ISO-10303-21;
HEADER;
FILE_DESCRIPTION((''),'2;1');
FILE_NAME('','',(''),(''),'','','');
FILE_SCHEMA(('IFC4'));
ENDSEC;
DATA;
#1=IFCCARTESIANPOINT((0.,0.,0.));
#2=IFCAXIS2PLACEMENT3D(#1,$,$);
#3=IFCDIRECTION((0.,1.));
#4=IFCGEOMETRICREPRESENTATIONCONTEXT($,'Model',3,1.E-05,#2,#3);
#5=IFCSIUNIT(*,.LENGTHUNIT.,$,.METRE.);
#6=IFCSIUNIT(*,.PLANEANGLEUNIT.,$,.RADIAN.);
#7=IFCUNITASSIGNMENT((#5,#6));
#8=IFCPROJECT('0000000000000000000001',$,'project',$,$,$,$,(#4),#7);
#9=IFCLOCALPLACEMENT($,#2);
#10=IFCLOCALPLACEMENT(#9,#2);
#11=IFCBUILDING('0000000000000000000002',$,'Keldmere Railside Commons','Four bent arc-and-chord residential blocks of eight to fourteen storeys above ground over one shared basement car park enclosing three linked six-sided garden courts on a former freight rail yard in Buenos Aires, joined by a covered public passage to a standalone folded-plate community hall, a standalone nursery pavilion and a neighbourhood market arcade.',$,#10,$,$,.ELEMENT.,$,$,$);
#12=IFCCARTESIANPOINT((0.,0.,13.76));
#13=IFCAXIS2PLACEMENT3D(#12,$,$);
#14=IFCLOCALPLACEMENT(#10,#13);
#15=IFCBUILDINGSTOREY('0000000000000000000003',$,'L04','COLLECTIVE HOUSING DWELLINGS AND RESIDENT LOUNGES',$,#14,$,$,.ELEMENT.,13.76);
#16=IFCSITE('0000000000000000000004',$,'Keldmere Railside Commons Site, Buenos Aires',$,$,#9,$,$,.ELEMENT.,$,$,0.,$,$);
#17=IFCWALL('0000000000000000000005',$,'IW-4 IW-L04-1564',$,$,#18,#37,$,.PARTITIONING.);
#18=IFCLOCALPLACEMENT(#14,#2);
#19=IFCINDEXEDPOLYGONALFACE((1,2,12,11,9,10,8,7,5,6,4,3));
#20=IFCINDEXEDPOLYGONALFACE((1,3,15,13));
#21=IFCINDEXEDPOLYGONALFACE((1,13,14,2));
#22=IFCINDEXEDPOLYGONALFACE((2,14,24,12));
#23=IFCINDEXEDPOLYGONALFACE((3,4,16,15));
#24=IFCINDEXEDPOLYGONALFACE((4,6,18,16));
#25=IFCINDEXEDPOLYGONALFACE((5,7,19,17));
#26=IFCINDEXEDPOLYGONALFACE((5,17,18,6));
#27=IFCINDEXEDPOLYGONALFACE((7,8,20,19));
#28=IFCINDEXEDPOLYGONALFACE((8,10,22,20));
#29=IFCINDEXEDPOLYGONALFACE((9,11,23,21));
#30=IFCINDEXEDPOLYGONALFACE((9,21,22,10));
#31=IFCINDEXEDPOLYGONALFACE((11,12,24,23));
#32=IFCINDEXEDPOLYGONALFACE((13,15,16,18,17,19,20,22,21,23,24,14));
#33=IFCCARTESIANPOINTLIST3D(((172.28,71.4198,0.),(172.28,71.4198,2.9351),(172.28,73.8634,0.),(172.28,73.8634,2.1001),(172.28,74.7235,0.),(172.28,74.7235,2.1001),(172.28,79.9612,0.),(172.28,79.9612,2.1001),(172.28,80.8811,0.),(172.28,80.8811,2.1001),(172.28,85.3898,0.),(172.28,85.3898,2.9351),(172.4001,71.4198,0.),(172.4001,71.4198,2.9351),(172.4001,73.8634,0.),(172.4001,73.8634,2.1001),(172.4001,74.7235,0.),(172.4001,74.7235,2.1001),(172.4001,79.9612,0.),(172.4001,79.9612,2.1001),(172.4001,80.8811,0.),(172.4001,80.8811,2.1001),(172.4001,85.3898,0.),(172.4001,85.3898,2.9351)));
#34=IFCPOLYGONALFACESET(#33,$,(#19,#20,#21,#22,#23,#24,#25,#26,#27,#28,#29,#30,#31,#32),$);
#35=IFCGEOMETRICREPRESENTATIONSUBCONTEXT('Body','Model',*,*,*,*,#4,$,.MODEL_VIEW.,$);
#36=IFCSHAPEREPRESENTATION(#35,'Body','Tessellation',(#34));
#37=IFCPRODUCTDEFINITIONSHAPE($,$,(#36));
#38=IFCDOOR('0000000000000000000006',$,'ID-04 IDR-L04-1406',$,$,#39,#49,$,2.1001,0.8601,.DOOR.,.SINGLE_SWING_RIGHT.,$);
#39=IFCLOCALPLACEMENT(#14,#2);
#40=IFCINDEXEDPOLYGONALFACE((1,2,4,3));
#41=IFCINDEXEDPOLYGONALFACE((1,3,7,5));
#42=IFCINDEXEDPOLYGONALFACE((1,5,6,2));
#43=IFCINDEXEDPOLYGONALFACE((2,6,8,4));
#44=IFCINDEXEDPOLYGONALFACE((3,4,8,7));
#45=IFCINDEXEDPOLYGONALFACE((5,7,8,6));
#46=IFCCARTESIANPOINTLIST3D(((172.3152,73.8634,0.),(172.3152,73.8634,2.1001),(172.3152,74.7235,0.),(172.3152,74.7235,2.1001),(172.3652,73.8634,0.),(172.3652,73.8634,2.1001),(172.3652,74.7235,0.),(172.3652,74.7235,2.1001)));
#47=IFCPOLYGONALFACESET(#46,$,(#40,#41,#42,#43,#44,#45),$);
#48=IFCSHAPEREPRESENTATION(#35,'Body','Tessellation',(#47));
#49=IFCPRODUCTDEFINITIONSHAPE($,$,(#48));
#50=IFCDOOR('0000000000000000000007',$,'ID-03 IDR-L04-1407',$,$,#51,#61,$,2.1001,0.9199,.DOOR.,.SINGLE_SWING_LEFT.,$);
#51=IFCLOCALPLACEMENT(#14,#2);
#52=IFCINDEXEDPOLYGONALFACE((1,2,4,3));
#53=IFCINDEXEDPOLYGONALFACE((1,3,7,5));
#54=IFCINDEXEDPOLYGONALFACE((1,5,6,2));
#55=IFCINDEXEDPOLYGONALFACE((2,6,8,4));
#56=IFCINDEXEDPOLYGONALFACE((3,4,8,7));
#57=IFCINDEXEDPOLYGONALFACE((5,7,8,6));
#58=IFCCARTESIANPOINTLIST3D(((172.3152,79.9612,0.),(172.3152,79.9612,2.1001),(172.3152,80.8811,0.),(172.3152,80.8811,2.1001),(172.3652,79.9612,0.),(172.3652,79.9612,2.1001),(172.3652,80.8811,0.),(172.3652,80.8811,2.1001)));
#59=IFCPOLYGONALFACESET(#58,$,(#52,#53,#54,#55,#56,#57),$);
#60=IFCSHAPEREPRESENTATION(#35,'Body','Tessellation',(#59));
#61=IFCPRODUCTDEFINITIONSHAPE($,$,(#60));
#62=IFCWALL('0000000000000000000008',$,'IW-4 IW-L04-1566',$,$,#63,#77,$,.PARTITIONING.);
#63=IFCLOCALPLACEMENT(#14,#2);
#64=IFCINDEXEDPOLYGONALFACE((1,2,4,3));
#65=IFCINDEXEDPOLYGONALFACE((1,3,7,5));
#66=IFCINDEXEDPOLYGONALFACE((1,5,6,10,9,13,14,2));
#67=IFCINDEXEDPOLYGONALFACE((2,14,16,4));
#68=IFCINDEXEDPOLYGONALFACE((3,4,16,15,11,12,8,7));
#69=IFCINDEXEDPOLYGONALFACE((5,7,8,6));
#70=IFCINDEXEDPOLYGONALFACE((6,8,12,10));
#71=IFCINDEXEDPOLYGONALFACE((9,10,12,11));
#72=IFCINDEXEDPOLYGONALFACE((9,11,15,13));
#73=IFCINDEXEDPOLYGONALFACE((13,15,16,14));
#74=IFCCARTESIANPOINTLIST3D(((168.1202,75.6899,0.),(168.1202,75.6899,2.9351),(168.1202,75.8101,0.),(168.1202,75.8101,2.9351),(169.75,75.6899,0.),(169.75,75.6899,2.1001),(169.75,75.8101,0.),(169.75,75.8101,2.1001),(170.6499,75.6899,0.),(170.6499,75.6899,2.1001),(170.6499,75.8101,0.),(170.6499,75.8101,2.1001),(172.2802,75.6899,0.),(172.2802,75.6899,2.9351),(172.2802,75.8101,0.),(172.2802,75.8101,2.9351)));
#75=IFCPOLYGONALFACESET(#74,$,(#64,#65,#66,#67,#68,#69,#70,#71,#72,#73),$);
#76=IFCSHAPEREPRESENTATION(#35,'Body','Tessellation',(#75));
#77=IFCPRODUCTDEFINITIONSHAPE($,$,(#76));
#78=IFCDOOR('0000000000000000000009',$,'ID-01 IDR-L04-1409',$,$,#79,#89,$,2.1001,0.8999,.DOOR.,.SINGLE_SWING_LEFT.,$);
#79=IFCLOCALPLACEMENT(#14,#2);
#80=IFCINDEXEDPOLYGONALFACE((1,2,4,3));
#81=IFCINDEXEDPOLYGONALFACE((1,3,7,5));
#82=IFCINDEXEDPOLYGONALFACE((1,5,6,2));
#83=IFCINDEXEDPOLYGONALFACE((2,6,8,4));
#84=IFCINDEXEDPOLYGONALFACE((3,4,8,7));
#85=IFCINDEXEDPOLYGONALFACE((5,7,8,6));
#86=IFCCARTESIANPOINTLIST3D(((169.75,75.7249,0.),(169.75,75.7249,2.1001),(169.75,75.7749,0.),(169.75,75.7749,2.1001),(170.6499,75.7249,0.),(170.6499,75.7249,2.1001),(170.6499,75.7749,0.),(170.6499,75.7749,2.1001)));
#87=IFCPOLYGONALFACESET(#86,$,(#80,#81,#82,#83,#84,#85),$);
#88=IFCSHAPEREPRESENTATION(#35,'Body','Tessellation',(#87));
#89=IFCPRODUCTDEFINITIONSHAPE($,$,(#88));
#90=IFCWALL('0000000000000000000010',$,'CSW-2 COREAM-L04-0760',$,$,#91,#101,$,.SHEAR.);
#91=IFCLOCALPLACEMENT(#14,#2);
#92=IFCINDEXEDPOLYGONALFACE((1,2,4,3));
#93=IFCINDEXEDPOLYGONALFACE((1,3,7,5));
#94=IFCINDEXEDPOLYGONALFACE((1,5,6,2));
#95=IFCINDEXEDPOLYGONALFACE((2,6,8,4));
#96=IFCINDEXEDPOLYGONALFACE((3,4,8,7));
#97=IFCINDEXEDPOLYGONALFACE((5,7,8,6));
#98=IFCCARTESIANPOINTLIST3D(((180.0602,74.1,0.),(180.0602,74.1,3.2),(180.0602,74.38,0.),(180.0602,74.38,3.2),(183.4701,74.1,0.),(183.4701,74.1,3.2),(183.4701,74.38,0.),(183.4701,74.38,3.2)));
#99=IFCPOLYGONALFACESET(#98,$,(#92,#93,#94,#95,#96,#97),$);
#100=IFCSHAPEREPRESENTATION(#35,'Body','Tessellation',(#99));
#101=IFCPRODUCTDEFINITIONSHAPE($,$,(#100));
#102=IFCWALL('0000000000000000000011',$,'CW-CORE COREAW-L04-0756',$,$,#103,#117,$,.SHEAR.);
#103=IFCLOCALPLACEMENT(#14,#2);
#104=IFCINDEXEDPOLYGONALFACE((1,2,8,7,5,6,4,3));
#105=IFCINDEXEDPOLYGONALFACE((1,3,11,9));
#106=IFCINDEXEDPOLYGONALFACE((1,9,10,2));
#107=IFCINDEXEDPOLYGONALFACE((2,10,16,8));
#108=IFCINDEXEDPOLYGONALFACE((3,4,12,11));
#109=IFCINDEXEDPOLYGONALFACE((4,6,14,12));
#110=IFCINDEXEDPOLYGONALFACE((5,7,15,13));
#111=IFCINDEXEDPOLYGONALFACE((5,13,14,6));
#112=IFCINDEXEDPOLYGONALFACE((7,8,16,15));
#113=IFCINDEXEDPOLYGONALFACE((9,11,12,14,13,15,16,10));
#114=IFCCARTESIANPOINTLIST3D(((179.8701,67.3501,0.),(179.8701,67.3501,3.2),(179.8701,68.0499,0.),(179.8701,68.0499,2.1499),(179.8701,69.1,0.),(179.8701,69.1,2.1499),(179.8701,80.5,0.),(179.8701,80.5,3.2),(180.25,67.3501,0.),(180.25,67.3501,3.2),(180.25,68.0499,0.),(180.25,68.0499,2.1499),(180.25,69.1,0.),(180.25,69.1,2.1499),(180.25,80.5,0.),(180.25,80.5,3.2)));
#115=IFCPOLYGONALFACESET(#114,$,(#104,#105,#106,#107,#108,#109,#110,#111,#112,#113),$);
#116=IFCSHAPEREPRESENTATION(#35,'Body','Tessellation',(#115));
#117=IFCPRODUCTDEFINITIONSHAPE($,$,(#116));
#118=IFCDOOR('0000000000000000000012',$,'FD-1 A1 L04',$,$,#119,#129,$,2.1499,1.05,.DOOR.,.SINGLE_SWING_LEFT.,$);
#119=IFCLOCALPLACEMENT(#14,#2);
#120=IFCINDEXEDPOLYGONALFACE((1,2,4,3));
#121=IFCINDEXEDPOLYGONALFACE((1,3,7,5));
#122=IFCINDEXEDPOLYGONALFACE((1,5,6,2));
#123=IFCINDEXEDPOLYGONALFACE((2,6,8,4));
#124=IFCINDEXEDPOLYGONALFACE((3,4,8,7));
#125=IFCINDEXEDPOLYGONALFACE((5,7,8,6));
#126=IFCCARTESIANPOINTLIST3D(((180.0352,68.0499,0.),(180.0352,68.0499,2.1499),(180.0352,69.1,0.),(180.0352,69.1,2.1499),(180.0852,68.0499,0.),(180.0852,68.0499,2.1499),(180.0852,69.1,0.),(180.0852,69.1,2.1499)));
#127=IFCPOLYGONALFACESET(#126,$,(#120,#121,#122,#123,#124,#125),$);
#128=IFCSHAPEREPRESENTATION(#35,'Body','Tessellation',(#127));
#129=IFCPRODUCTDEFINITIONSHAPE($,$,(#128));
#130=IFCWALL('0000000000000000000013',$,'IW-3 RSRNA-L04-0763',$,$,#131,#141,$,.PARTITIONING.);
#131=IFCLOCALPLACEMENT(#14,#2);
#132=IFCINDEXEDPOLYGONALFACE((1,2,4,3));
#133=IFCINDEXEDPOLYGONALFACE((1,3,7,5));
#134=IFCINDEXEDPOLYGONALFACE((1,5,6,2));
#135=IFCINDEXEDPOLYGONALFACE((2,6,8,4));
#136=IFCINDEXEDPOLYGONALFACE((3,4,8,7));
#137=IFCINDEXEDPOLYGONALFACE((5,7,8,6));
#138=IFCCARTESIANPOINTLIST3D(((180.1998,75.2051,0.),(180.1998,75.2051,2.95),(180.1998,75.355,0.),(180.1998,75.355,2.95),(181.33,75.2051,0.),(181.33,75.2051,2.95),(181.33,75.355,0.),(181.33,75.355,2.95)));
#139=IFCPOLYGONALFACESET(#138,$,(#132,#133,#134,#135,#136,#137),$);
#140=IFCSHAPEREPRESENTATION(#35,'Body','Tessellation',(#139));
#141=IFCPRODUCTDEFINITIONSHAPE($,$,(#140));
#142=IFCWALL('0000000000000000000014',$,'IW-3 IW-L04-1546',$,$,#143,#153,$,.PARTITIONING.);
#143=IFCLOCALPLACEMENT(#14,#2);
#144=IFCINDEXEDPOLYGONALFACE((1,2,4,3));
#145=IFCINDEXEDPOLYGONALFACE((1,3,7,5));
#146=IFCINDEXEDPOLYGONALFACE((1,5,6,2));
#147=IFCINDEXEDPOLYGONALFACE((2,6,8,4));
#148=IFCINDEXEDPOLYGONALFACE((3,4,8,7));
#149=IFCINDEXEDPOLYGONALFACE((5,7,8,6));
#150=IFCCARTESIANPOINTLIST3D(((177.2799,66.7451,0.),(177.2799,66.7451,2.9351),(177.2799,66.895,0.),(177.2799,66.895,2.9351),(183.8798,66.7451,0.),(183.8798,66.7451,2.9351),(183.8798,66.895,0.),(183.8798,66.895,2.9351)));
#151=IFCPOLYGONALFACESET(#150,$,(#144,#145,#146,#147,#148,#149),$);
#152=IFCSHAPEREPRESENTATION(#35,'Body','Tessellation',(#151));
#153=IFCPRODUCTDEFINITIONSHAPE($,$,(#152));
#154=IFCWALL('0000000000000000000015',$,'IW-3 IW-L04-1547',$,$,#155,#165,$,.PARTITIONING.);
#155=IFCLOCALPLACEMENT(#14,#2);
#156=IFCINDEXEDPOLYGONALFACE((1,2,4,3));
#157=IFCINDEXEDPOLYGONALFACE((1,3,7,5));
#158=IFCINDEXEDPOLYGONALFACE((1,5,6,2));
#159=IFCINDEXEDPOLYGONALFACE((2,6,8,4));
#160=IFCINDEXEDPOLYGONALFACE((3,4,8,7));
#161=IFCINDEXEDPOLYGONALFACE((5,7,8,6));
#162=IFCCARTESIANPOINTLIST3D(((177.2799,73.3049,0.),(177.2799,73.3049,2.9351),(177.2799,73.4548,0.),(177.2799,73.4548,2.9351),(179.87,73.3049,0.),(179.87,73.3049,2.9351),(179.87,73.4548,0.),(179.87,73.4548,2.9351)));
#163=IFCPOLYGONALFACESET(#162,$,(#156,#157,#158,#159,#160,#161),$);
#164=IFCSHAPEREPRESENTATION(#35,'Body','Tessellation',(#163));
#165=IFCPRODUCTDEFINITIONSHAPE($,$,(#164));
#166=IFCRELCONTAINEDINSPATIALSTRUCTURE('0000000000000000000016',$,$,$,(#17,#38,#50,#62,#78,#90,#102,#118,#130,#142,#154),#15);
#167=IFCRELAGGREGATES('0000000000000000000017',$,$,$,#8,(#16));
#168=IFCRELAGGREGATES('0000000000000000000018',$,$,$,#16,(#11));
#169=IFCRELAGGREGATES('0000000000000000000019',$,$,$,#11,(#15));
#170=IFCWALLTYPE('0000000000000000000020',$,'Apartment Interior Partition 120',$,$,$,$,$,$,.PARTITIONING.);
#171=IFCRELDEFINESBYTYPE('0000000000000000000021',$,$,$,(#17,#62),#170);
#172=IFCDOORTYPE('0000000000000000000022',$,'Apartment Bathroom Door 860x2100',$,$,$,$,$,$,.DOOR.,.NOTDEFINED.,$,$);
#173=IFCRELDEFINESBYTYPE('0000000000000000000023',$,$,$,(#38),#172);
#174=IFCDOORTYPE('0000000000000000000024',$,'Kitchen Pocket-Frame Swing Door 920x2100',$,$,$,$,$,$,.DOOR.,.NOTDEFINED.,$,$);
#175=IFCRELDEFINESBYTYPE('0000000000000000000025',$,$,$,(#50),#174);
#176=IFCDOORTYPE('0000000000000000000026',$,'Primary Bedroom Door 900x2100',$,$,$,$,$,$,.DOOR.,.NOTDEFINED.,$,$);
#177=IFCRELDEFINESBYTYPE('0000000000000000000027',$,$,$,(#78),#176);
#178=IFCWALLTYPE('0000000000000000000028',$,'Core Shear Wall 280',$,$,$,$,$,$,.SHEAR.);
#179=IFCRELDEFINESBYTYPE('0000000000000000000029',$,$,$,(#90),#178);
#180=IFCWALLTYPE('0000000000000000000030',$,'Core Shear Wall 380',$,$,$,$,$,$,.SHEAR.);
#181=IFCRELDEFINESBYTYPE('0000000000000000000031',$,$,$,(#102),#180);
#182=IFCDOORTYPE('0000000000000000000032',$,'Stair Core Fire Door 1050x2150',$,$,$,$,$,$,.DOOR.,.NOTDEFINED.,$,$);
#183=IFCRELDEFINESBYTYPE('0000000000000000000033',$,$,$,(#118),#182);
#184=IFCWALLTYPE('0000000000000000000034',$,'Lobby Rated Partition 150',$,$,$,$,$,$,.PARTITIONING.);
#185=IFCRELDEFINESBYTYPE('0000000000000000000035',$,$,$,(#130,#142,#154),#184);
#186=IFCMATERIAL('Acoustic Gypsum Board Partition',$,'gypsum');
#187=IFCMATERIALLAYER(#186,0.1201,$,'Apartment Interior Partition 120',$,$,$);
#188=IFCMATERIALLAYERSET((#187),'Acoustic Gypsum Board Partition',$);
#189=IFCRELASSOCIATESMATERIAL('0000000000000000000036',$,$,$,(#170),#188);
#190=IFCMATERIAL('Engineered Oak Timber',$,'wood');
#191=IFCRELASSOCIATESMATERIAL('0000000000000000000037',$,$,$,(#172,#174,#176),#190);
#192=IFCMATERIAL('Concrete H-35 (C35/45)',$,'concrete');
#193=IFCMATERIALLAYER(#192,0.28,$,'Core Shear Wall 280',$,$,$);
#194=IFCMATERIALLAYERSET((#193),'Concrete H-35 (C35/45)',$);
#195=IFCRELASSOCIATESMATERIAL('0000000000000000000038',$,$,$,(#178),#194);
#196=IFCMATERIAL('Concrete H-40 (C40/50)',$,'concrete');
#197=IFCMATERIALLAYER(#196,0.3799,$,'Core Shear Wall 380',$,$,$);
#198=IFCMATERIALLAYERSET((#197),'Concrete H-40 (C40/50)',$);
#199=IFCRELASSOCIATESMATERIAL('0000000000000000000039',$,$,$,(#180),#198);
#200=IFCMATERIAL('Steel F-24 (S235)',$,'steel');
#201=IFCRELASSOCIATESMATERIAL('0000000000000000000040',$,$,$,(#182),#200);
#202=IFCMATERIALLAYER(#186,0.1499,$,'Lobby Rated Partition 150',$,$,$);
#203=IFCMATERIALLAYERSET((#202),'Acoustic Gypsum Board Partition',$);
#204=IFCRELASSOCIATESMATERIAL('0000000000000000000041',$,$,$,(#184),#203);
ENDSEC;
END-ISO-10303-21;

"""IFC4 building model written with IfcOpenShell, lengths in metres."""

from ifc_helpers import new_model, si_unit, direction, frame, frame_2d, origin, place, context, subcontext, project, spatial, rectangle, extrude, material, layer, layer_set, type_object, element, fill, save


model = new_model("IFC4")

# Units and contexts
model_context = context("Model", 3, precision=1e-05, world=origin(), true_north=direction((0.0, 1.0)))
body_context = subcontext(model_context, "Body", "Model", "MODEL_VIEW")
ifc_project = project(units=[si_unit("LENGTHUNIT", "METRE"), si_unit("PLANEANGLEUNIT", "RADIAN")], contexts=[model_context])

# Site, building, storey
site_placement = place(None, origin())
site = spatial("IfcSite", under=ifc_project, at=site_placement, Name="Keldmere Railside Commons Site, Buenos Aires", CompositionType="ELEMENT", RefElevation=0.0)
building_placement = place(site_placement, origin())
building = spatial("IfcBuilding", under=site, at=building_placement, Name="Keldmere Railside Commons", Description="Four bent arc-and-chord residential blocks of eight to fourteen storeys above ground over one shared basement car park enclosing three linked six-sided garden courts on a former freight rail yard in Buenos Aires, joined by a covered public passage to a standalone folded-plate community hall, a standalone nursery pavilion and a neighbourhood market arcade.", CompositionType="ELEMENT")
storey_placement = place(building_placement, frame((0.0, 0.0, 13.76)))
storey = spatial("IfcBuildingStorey", under=building, at=storey_placement, Name="L04", Description="COLLECTIVE HOUSING DWELLINGS AND RESIDENT LOUNGES", CompositionType="ELEMENT", Elevation=13.76)

# Shared definitions
ifc_material_1 = material(Name="Concrete H-35 (C35/45)", Category="concrete")

# Shared definitions
ifc_material_2 = material(Name="Acoustic Gypsum Board Partition", Category="gypsum")

# Shared definitions
ifc_layer_1 = layer(ifc_material_2, 0.1201, Name="Apartment Interior Partition 120")
ifc_layer_set_1 = layer_set([ifc_layer_1], Name="Acoustic Gypsum Board Partition")
wall_type_1 = type_object("IfcWallType", Name="Apartment Interior Partition 120", PredefinedType="PARTITIONING", material=ifc_layer_set_1)
ifc_material_3 = material(Name="Engineered Oak Timber", Category="wood")

# Wall, openings, doors
wall_1_placement = place(storey_placement, frame((172.3401, 71.4199, 0.0), z_axis=(0.0, 0.0, 1.0), x_axis=(0.0, 1.0, 0.0)))
wall_1 = element("IfcWall", 1, at=wall_1_placement, inside=storey, type_object=wall_type_1, Name="IW-4 IW-L04-1564", PredefinedType="PARTITIONING", context=body_context, shape_type="SweptSolid", body=[
    extrude(rectangle(XDim=13.97, YDim=0.1201, at=frame_2d((6.9849, 0.0))), origin(), (0.0, 0.0, 1.0), 2.9351),
])
opening_1_placement = place(wall_1_placement, frame((2.4434, 0.0, 0.0)))
opening_1 = element("IfcOpeningElement", 2, at=opening_1_placement, cuts=wall_1, PredefinedType="OPENING", context=body_context, shape_type="SweptSolid", body=[
    extrude(rectangle(XDim=0.8601, YDim=2.1001, at=frame_2d((0.4302, 1.05))), frame((0.0, 0.0701, 0.0), z_axis=(0.0, -1.0, 0.0), x_axis=(1.0, 0.0, 0.0)), (0.0, 0.0, 1.0), 0.1401),
])
opening_2_placement = place(wall_1_placement, frame((8.5413, 0.0, 0.0)))
opening_2 = element("IfcOpeningElement", 3, at=opening_2_placement, cuts=wall_1, PredefinedType="OPENING", context=body_context, shape_type="SweptSolid", body=[
    extrude(rectangle(XDim=0.9199, YDim=2.1001, at=frame_2d((0.46, 1.05))), frame((0.0, 0.0701, 0.0), z_axis=(0.0, -1.0, 0.0), x_axis=(1.0, 0.0, 0.0)), (0.0, 0.0, 1.0), 0.1401),
])
door_type_1 = type_object("IfcDoorType", Name="Apartment Bathroom Door 860x2100", OperationType="NOTDEFINED", PredefinedType="DOOR", material=ifc_material_3)
door_1_placement = place(opening_1_placement, origin())
door_1 = element("IfcDoor", 4, at=door_1_placement, inside=storey, type_object=door_type_1, Name="ID-04 IDR-L04-1406", OperationType="SINGLE_SWING_RIGHT", OverallHeight=2.1001, OverallWidth=0.8601, PredefinedType="DOOR", context=body_context, shape_type="SweptSolid", body=[
    extrude(rectangle(XDim=0.8601, YDim=2.1001, at=frame_2d((0.4302, 1.05))), frame((0.0, 0.0249, 0.0), z_axis=(0.0, -1.0, 0.0), x_axis=(1.0, 0.0, 0.0)), (0.0, 0.0, 1.0), 0.05),
])
fill(opening_1, door_1)
door_type_2 = type_object("IfcDoorType", Name="Kitchen Pocket-Frame Swing Door 920x2100", OperationType="NOTDEFINED", PredefinedType="DOOR", material=ifc_material_3)
door_2_placement = place(opening_2_placement, origin())
door_2 = element("IfcDoor", 5, at=door_2_placement, inside=storey, type_object=door_type_2, Name="ID-03 IDR-L04-1407", OperationType="SINGLE_SWING_LEFT", OverallHeight=2.1001, OverallWidth=0.9199, PredefinedType="DOOR", context=body_context, shape_type="SweptSolid", body=[
    extrude(rectangle(XDim=0.9199, YDim=2.1001, at=frame_2d((0.46, 1.05))), frame((0.0, 0.0249, 0.0), z_axis=(0.0, -1.0, 0.0), x_axis=(1.0, 0.0, 0.0)), (0.0, 0.0, 1.0), 0.05),
])
fill(opening_2, door_2)

# Wall, opening, door
wall_2_placement = place(storey_placement, frame((168.1201, 75.75, 0.0), z_axis=(0.0, 0.0, 1.0), x_axis=(1.0, 0.0, 0.0)))
wall_2 = element("IfcWall", 6, at=wall_2_placement, inside=storey, type_object=wall_type_1, Name="IW-4 IW-L04-1566", PredefinedType="PARTITIONING", context=body_context, shape_type="SweptSolid", body=[
    extrude(rectangle(XDim=4.1599, YDim=0.1201, at=frame_2d((2.0801, 0.0))), origin(), (0.0, 0.0, 1.0), 2.9351),
])
opening_3_placement = place(wall_2_placement, frame((1.6299, 0.0, 0.0)))
opening_3 = element("IfcOpeningElement", 7, at=opening_3_placement, cuts=wall_2, PredefinedType="OPENING", context=body_context, shape_type="SweptSolid", body=[
    extrude(rectangle(XDim=0.8999, YDim=2.1001, at=frame_2d((0.45, 1.05))), frame((0.0, 0.0701, 0.0), z_axis=(0.0, -1.0, 0.0), x_axis=(1.0, 0.0, 0.0)), (0.0, 0.0, 1.0), 0.1401),
])
door_type_3 = type_object("IfcDoorType", Name="Primary Bedroom Door 900x2100", OperationType="NOTDEFINED", PredefinedType="DOOR", material=ifc_material_3)
door_3_placement = place(opening_3_placement, origin())
door_3 = element("IfcDoor", 8, at=door_3_placement, inside=storey, type_object=door_type_3, Name="ID-01 IDR-L04-1409", OperationType="SINGLE_SWING_LEFT", OverallHeight=2.1001, OverallWidth=0.8999, PredefinedType="DOOR", context=body_context, shape_type="SweptSolid", body=[
    extrude(rectangle(XDim=0.8999, YDim=2.1001, at=frame_2d((0.45, 1.05))), frame((0.0, 0.0249, 0.0), z_axis=(0.0, -1.0, 0.0), x_axis=(1.0, 0.0, 0.0)), (0.0, 0.0, 1.0), 0.05),
])
fill(opening_3, door_3)

# Wall
ifc_layer_2 = layer(ifc_material_1, 0.28, Name="Core Shear Wall 280")
ifc_layer_set_2 = layer_set([ifc_layer_2], Name="Concrete H-35 (C35/45)")
wall_type_2 = type_object("IfcWallType", Name="Core Shear Wall 280", PredefinedType="SHEAR", material=ifc_layer_set_2)
wall_3_placement = place(storey_placement, frame((180.0601, 74.24, 0.0), z_axis=(0.0, 0.0, 1.0), x_axis=(1.0, 0.0, 0.0)))
element("IfcWall", 9, at=wall_3_placement, inside=storey, type_object=wall_type_2, Name="CSW-2 COREAM-L04-0760", PredefinedType="SHEAR", context=body_context, shape_type="SweptSolid", body=[
    extrude(rectangle(XDim=3.4099, YDim=0.28, at=frame_2d((1.7051, 0.0))), origin(), (0.0, 0.0, 1.0), 3.2),
])

# Wall, opening, door
ifc_material_4 = material(Name="Concrete H-40 (C40/50)", Category="concrete")
ifc_layer_3 = layer(ifc_material_4, 0.3799, Name="Core Shear Wall 380")
ifc_layer_set_3 = layer_set([ifc_layer_3], Name="Concrete H-40 (C40/50)")
wall_type_3 = type_object("IfcWallType", Name="Core Shear Wall 380", PredefinedType="SHEAR", material=ifc_layer_set_3)
wall_4_placement = place(storey_placement, frame((180.0601, 67.3501, 0.0), z_axis=(0.0, 0.0, 1.0), x_axis=(0.0, 1.0, 0.0)))
wall_4 = element("IfcWall", 10, at=wall_4_placement, inside=storey, type_object=wall_type_3, Name="CW-CORE COREAW-L04-0756", PredefinedType="SHEAR", context=body_context, shape_type="SweptSolid", body=[
    extrude(rectangle(XDim=13.1499, YDim=0.3799, at=frame_2d((6.575, 0.0))), origin(), (0.0, 0.0, 1.0), 3.2),
])
opening_4_placement = place(wall_4_placement, frame((0.7, 0.0, 0.0)))
opening_4 = element("IfcOpeningElement", 11, at=opening_4_placement, cuts=wall_4, PredefinedType="OPENING", context=body_context, shape_type="SweptSolid", body=[
    extrude(rectangle(XDim=1.05, YDim=2.1499, at=frame_2d((0.5249, 1.075))), frame((0.0, 0.2, 0.0), z_axis=(0.0, -1.0, 0.0), x_axis=(1.0, 0.0, 0.0)), (0.0, 0.0, 1.0), 0.3999),
])
ifc_material_5 = material(Name="Steel F-24 (S235)", Category="steel")
door_type_4 = type_object("IfcDoorType", Name="Stair Core Fire Door 1050x2150", OperationType="NOTDEFINED", PredefinedType="DOOR", material=ifc_material_5)
door_4_placement = place(opening_4_placement, origin())
door_4 = element("IfcDoor", 12, at=door_4_placement, inside=storey, type_object=door_type_4, Name="FD-1 A1 L04", OperationType="SINGLE_SWING_LEFT", OverallHeight=2.1499, OverallWidth=1.05, PredefinedType="DOOR", context=body_context, shape_type="SweptSolid", body=[
    extrude(rectangle(XDim=1.05, YDim=2.1499, at=frame_2d((0.5249, 1.075))), frame((0.0, 0.0249, 0.0), z_axis=(0.0, -1.0, 0.0), x_axis=(1.0, 0.0, 0.0)), (0.0, 0.0, 1.0), 0.05),
])
fill(opening_4, door_4)

# Walls
ifc_layer_4 = layer(ifc_material_2, 0.1499, Name="Lobby Rated Partition 150")
ifc_layer_set_4 = layer_set([ifc_layer_4], Name="Acoustic Gypsum Board Partition")
wall_type_4 = type_object("IfcWallType", Name="Lobby Rated Partition 150", PredefinedType="PARTITIONING", material=ifc_layer_set_4)
wall_5_placement = place(storey_placement, frame((180.2, 75.28, 0.0), z_axis=(0.0, 0.0, 1.0), x_axis=(1.0, 0.0, 0.0)))
element("IfcWall", 13, at=wall_5_placement, inside=storey, type_object=wall_type_4, Name="IW-3 RSRNA-L04-0763", PredefinedType="PARTITIONING", context=body_context, shape_type="SweptSolid", body=[
    extrude(rectangle(XDim=1.1301, YDim=0.1499, at=frame_2d((0.5649, 0.0))), origin(), (0.0, 0.0, 1.0), 2.95),
])
wall_6_placement = place(storey_placement, frame((177.28, 66.8201, 0.0), z_axis=(0.0, 0.0, 1.0), x_axis=(1.0, 0.0, 0.0)))
element("IfcWall", 14, at=wall_6_placement, inside=storey, type_object=wall_type_4, Name="IW-3 IW-L04-1546", PredefinedType="PARTITIONING", context=body_context, shape_type="SweptSolid", body=[
    extrude(rectangle(XDim=6.5999, YDim=0.1499, at=frame_2d((3.2998, 0.0))), origin(), (0.0, 0.0, 1.0), 2.9351),
])
wall_7_placement = place(storey_placement, frame((177.28, 73.3799, 0.0), z_axis=(0.0, 0.0, 1.0), x_axis=(1.0, 0.0, 0.0)))
element("IfcWall", 15, at=wall_7_placement, inside=storey, type_object=wall_type_4, Name="IW-3 IW-L04-1547", PredefinedType="PARTITIONING", context=body_context, shape_type="SweptSolid", body=[
    extrude(rectangle(XDim=2.5901, YDim=0.1499, at=frame_2d((1.2949, 0.0))), origin(), (0.0, 0.0, 1.0), 2.9351),
])

save(model, "model.ifc")
